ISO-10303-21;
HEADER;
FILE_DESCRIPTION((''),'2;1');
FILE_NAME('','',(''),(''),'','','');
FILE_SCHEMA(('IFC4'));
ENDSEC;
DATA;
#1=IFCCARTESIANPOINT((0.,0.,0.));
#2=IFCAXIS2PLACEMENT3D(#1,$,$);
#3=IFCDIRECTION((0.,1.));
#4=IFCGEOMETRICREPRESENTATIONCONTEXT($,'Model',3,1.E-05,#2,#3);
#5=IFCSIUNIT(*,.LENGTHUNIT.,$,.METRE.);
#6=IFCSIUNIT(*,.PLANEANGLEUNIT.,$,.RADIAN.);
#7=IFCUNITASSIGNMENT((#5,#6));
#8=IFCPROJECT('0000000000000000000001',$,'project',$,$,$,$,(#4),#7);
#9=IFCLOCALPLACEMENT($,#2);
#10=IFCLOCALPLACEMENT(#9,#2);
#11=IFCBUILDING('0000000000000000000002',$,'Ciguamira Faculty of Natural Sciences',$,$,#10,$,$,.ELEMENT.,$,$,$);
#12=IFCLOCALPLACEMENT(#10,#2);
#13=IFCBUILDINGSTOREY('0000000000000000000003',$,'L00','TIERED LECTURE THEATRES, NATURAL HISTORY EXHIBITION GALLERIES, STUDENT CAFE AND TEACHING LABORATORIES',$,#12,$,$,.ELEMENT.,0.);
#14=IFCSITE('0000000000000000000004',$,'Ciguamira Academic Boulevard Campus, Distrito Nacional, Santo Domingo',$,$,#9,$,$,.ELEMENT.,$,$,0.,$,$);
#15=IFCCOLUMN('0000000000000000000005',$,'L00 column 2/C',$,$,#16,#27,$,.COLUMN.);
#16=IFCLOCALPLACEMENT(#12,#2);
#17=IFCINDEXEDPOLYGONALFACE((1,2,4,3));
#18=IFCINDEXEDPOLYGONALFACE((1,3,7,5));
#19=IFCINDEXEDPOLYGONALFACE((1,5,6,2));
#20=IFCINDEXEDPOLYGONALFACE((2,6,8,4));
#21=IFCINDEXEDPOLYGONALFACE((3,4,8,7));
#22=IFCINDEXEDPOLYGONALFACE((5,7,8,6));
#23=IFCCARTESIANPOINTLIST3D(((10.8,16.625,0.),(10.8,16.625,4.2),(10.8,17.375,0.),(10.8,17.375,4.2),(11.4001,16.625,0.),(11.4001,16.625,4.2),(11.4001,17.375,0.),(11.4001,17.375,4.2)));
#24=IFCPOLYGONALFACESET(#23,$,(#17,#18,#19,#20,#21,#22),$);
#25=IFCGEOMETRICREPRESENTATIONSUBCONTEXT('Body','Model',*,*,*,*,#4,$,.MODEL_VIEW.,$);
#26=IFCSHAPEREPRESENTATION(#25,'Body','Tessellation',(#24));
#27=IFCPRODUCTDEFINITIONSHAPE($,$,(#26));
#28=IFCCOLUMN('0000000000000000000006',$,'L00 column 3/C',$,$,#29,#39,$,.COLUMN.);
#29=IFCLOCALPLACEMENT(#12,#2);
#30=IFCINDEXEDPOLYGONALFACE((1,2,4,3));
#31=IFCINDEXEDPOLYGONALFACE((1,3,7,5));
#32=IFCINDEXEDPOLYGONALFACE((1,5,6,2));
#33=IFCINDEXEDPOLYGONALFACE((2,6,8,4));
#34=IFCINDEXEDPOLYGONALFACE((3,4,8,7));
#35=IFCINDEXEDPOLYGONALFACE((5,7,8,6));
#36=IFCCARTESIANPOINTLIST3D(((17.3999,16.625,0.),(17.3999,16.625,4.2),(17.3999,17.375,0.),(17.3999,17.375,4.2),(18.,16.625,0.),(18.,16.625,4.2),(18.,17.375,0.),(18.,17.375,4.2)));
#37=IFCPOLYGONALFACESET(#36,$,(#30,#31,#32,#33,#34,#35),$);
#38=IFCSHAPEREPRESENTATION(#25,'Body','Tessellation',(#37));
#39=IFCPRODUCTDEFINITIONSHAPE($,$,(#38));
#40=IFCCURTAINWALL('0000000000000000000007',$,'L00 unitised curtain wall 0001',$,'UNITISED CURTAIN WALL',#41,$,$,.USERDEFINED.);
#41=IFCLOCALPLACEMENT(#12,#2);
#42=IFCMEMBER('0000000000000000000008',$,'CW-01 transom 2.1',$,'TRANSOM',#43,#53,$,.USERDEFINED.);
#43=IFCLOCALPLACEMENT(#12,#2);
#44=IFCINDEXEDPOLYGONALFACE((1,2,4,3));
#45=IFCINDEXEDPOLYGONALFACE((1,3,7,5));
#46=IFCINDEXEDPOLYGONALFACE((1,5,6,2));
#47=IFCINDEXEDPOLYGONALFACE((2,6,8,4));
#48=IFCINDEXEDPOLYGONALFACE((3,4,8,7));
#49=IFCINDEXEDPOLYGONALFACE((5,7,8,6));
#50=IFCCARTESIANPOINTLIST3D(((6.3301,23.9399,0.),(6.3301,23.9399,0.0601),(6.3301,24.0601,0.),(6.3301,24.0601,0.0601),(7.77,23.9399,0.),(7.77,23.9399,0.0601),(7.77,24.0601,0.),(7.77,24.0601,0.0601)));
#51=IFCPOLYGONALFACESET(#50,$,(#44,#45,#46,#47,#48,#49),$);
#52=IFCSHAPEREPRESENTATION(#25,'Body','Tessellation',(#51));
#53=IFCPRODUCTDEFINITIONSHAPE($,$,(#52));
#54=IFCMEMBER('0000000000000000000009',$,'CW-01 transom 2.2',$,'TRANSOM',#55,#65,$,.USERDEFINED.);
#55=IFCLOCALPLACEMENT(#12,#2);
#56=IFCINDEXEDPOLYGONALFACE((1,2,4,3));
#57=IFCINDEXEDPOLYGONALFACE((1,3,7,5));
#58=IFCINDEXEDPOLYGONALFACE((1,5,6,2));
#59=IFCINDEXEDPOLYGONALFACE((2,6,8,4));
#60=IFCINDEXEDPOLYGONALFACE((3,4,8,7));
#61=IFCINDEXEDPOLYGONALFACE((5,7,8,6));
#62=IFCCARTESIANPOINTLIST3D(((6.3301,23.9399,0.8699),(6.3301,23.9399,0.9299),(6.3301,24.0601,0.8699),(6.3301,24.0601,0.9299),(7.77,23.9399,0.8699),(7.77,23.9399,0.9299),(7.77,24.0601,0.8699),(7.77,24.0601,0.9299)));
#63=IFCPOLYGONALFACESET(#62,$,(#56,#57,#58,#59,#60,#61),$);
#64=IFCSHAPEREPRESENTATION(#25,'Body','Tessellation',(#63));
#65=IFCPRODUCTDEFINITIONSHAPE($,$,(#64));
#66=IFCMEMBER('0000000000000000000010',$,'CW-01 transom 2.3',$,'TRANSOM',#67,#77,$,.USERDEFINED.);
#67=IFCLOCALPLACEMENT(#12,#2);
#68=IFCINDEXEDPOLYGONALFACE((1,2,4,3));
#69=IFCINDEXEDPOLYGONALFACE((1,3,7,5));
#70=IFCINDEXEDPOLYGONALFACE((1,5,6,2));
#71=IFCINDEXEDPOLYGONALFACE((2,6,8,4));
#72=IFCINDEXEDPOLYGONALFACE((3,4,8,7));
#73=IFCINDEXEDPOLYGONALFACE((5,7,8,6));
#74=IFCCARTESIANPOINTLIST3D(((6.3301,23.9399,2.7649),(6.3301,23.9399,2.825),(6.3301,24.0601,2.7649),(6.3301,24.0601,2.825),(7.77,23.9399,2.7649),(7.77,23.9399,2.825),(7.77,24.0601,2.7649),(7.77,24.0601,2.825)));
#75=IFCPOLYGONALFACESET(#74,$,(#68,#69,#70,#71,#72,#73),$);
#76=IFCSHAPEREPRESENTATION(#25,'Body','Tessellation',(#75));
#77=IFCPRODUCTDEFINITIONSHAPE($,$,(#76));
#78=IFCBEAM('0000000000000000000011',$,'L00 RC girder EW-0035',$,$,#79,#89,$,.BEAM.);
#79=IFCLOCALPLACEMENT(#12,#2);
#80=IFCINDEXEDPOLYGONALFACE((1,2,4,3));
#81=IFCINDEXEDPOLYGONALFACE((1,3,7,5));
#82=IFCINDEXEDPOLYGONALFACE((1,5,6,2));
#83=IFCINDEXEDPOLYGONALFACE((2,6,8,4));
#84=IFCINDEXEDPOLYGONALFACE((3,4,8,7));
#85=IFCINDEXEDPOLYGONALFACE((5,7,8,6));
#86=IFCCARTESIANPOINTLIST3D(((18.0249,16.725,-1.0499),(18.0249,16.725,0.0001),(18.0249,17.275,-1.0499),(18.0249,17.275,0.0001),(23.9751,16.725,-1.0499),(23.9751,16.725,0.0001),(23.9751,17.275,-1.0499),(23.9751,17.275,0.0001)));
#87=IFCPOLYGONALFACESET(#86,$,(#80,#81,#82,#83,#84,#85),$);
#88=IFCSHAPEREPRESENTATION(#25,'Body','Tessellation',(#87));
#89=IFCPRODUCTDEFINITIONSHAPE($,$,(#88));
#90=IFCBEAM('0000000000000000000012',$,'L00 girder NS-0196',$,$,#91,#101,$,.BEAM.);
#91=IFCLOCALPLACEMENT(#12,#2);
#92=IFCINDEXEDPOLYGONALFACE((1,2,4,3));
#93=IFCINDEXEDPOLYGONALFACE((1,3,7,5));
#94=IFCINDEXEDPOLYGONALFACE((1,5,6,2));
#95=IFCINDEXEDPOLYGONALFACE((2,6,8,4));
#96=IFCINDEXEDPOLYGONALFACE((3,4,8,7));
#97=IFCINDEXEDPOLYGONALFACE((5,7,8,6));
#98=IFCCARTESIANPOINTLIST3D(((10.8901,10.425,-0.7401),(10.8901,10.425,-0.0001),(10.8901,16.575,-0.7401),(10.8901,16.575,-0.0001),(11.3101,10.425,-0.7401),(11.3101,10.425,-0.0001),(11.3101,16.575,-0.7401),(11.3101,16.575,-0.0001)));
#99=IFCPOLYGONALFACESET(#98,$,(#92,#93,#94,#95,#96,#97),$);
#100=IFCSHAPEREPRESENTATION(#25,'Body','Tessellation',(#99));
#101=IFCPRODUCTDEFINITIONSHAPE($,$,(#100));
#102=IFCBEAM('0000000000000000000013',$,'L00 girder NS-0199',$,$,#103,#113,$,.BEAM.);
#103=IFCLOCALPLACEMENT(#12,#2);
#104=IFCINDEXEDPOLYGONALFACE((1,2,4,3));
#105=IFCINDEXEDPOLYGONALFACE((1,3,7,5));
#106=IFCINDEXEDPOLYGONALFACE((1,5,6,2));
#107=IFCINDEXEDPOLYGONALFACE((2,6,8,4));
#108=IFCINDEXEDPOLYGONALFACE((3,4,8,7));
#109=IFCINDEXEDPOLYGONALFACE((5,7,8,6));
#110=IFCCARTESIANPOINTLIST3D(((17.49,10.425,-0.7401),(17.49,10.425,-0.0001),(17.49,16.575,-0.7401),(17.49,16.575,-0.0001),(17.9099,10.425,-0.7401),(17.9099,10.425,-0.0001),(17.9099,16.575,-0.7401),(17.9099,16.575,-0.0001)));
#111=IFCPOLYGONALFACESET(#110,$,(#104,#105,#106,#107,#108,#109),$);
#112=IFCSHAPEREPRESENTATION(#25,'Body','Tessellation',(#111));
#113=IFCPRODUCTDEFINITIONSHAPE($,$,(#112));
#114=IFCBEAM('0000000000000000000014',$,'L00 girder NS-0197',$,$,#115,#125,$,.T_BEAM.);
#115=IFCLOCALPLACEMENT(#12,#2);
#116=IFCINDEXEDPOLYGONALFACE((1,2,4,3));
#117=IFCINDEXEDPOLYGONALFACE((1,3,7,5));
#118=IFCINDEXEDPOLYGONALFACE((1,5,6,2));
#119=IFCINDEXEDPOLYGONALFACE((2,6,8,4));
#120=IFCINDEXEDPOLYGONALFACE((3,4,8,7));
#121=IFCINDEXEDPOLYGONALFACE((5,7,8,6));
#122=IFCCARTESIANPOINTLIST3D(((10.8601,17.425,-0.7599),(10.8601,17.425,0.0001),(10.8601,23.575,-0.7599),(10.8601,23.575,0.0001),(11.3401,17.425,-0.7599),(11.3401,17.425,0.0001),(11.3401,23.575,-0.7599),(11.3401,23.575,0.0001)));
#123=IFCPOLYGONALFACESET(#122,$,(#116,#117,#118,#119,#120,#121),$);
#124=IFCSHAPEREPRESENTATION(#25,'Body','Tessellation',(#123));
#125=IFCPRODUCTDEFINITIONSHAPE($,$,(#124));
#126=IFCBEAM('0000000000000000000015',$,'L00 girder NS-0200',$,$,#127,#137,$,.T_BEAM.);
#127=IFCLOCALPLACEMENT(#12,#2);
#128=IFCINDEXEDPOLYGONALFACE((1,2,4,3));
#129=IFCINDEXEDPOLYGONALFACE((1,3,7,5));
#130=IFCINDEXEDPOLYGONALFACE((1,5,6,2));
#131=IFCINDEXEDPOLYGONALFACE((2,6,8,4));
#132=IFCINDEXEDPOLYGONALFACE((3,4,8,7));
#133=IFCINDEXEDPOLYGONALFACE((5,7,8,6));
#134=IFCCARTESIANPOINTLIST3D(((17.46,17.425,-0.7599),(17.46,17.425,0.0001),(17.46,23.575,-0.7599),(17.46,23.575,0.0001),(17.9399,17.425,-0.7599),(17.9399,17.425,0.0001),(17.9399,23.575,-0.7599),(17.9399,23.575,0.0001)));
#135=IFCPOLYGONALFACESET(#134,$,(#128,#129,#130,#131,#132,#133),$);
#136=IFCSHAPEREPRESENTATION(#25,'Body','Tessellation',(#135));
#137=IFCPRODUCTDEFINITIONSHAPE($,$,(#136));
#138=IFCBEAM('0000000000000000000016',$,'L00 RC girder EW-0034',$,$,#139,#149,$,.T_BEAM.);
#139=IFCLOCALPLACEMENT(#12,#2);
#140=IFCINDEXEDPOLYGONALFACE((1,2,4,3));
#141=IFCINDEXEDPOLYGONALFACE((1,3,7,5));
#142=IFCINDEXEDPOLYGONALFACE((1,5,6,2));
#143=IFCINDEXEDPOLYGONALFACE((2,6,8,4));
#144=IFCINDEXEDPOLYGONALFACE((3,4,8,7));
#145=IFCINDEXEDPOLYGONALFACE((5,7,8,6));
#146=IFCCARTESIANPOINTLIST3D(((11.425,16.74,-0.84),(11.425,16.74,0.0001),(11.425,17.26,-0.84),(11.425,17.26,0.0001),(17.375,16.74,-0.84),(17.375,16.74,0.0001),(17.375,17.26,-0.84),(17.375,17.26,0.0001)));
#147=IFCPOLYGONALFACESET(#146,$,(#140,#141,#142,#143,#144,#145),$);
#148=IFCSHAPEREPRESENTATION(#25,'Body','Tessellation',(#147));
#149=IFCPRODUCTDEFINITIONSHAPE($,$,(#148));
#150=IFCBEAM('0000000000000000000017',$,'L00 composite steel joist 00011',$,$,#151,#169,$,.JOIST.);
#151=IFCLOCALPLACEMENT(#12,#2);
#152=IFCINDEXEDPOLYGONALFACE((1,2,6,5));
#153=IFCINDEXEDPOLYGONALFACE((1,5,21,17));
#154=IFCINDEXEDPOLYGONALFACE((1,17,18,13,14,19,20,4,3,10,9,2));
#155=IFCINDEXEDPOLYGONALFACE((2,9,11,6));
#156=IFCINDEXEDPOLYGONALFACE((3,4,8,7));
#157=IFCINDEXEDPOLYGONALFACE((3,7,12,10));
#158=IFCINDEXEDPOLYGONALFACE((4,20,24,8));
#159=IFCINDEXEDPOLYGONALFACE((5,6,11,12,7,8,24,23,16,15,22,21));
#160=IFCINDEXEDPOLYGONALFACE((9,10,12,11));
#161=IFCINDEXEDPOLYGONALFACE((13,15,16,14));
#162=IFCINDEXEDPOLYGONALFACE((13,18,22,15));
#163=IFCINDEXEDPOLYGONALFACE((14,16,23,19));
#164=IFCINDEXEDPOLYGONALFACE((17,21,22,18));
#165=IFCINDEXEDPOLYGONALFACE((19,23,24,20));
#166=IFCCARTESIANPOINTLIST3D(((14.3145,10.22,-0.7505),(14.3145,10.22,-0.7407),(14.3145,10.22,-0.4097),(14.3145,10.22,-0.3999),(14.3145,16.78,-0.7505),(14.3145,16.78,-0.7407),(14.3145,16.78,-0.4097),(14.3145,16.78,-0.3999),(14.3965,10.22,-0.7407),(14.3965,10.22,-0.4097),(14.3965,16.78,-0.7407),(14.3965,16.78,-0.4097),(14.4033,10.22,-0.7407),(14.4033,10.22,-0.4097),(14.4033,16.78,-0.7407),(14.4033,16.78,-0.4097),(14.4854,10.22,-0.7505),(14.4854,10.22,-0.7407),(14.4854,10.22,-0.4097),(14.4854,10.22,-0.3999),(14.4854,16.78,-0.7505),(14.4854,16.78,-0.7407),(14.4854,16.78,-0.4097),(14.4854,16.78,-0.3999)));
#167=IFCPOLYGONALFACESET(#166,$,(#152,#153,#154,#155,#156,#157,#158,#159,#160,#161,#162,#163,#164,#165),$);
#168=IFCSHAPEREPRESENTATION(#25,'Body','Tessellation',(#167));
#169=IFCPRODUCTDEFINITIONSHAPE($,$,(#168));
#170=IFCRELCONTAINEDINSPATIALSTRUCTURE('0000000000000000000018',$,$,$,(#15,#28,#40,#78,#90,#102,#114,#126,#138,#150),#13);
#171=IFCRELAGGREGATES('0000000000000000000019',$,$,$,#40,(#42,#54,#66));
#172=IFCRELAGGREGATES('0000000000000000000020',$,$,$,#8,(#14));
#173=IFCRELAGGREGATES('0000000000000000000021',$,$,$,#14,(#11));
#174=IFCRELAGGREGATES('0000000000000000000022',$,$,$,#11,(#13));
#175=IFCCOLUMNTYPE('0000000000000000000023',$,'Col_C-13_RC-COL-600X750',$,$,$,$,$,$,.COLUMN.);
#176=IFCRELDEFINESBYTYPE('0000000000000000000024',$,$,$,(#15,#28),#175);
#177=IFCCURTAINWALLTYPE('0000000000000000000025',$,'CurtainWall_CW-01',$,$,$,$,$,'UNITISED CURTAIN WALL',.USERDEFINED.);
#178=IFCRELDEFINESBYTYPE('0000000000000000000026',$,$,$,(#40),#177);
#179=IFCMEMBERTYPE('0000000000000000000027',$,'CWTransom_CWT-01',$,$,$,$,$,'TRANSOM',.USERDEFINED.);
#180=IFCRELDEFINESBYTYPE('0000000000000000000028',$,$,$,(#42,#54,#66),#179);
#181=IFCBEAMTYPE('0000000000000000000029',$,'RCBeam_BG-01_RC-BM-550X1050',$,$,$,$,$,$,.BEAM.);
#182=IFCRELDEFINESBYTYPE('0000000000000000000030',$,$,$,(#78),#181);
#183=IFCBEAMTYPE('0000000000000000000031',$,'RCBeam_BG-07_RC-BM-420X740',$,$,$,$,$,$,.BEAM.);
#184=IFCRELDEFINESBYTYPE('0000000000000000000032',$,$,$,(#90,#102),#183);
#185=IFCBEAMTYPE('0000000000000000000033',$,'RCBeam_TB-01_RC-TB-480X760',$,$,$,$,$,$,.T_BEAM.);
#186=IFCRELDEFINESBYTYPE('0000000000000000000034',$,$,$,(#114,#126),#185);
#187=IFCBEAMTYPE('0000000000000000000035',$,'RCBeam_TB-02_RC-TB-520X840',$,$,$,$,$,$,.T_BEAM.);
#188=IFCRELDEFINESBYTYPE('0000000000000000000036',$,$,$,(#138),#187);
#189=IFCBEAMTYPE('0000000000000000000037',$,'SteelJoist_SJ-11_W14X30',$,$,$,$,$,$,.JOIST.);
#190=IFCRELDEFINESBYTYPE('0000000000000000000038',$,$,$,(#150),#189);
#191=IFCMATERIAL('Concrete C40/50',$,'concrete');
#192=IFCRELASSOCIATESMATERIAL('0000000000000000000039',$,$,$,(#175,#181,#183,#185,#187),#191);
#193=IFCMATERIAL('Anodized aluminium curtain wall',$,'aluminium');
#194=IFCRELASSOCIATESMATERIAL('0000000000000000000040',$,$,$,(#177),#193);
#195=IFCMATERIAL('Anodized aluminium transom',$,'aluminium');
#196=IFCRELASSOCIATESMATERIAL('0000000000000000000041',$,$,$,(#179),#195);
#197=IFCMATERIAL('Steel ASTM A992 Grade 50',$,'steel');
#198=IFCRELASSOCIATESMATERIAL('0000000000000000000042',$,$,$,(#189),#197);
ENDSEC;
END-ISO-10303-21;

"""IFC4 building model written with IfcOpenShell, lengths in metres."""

from ifc_helpers import new_model, si_unit, direction, frame, origin, origin_2d, place, context, subcontext, project, spatial, rectangle, i_section, extrude, material, material_profile, profile_set, type_object, element, aggregate, save


model = new_model("IFC4")

# Units and contexts
model_context = context("Model", 3, precision=1e-05, world=origin(), true_north=direction((0.0, 1.0)))
body_context = subcontext(model_context, "Body", "Model", "MODEL_VIEW")
ifc_project = project(units=[si_unit("LENGTHUNIT", "METRE"), si_unit("PLANEANGLEUNIT", "RADIAN")], contexts=[model_context])

# Site, building, storey
site_placement = place(None, origin())
site = spatial("IfcSite", under=ifc_project, at=site_placement, Name="Ciguamira Academic Boulevard Campus, Distrito Nacional, Santo Domingo", CompositionType="ELEMENT", RefElevation=0.0)
building_placement = place(site_placement, origin())
building = spatial("IfcBuilding", under=site, at=building_placement, Name="Ciguamira Faculty of Natural Sciences", CompositionType="ELEMENT")
storey_placement = place(building_placement, origin())
storey = spatial("IfcBuildingStorey", under=building, at=storey_placement, Name="L00", Description="TIERED LECTURE THEATRES, NATURAL HISTORY EXHIBITION GALLERIES, STUDENT CAFE AND TEACHING LABORATORIES", CompositionType="ELEMENT", Elevation=0.0)

# Columns
ifc_material_1 = material(Name="Concrete C40/50", Category="concrete")
ifc_material_profile_1 = material_profile(ifc_material_1, rectangle(XDim=0.6001, YDim=0.75, at=origin_2d()), Name="RC-COL-600X750")
ifc_profile_set_1 = profile_set([ifc_material_profile_1], Name="Concrete C40/50")
column_type = type_object("IfcColumnType", Name="Col_C-13_RC-COL-600X750", PredefinedType="COLUMN", material=ifc_profile_set_1)
for number, where, z_axis, x_axis, name in (
    (1, (11.1001, 17.0, 0.0), (0.0, 0.0, 1.0), (1.0, 0.0, 0.0), "L00 column 2/C"),
    (2, (17.7, 17.0, 0.0), (0.0, 0.0, 1.0), (1.0, 0.0, 0.0), "L00 column 3/C"),
):
    element("IfcColumn", number, at=place(storey_placement, frame(where, z_axis=z_axis, x_axis=x_axis)), inside=storey, type_object=column_type, Name=name, PredefinedType="COLUMN", context=body_context, shape_type="SweptSolid", body=[
        extrude(rectangle(XDim=0.6001, YDim=0.75, at=origin_2d()), origin(), (0.0, 0.0, 1.0), 4.2),
    ])

# Curtain wall, members
ifc_material_2 = material(Name="Anodized aluminium curtain wall", Category="aluminium")
curtain_wall_type = type_object("IfcCurtainWallType", Name="CurtainWall_CW-01", ElementType="UNITISED CURTAIN WALL", PredefinedType="USERDEFINED", material=ifc_material_2)
curtain_wall_placement = place(storey_placement, origin())
curtain_wall = element("IfcCurtainWall", 3, at=curtain_wall_placement, inside=storey, type_object=curtain_wall_type, Name="L00 unitised curtain wall 0001", ObjectType="UNITISED CURTAIN WALL", PredefinedType="USERDEFINED")
ifc_material_3 = material(Name="Anodized aluminium transom", Category="aluminium")
ifc_material_profile_2 = material_profile(ifc_material_3, rectangle(XDim=0.0601, YDim=0.1201, at=origin_2d()), Name="ALU-TRN-60X120")
ifc_profile_set_2 = profile_set([ifc_material_profile_2], Name="Anodized aluminium transom")
member_type = type_object("IfcMemberType", Name="CWTransom_CWT-01", ElementType="TRANSOM", PredefinedType="USERDEFINED", material=ifc_profile_set_2)
member_1_placement = place(storey_placement, frame((6.3301, 24.0, 0.03), z_axis=(1.0, 0.0, 0.0), x_axis=(0.0, 0.0, 1.0)))
member_1 = element("IfcMember", 4, at=member_1_placement, type_object=member_type, Name="CW-01 transom 2.1", ObjectType="TRANSOM", PredefinedType="USERDEFINED", context=body_context, shape_type="SweptSolid", body=[
    extrude(rectangle(XDim=0.0601, YDim=0.1201, at=origin_2d()), origin(), (0.0, 0.0, 1.0), 1.4399),
])
member_2_placement = place(storey_placement, frame((6.3301, 24.0, 0.8999), z_axis=(1.0, 0.0, 0.0), x_axis=(0.0, 0.0, 1.0)))
member_2 = element("IfcMember", 5, at=member_2_placement, type_object=member_type, Name="CW-01 transom 2.2", ObjectType="TRANSOM", PredefinedType="USERDEFINED", context=body_context, shape_type="SweptSolid", body=[
    extrude(rectangle(XDim=0.0601, YDim=0.1201, at=origin_2d()), origin(), (0.0, 0.0, 1.0), 1.4399),
])
member_3_placement = place(storey_placement, frame((6.3301, 24.0, 2.7949), z_axis=(1.0, 0.0, 0.0), x_axis=(0.0, 0.0, 1.0)))
member_3 = element("IfcMember", 6, at=member_3_placement, type_object=member_type, Name="CW-01 transom 2.3", ObjectType="TRANSOM", PredefinedType="USERDEFINED", context=body_context, shape_type="SweptSolid", body=[
    extrude(rectangle(XDim=0.0601, YDim=0.1201, at=origin_2d()), origin(), (0.0, 0.0, 1.0), 1.4399),
])
aggregate(curtain_wall, [member_1, member_2, member_3])

# Beams
ifc_material_profile_3 = material_profile(ifc_material_1, rectangle(XDim=0.55, YDim=1.05, at=origin_2d()), Name="RC-BM-550X1050")
ifc_profile_set_3 = profile_set([ifc_material_profile_3], Name="Concrete C40/50")
beam_type_1 = type_object("IfcBeamType", Name="RCBeam_BG-01_RC-BM-550X1050", PredefinedType="BEAM", material=ifc_profile_set_3)
beam_1_placement = place(storey_placement, frame((18.0249, 17.0, -0.5249), z_axis=(1.0, 0.0, 0.0), x_axis=(0.0, 1.0, 0.0)))
element("IfcBeam", 7, at=beam_1_placement, inside=storey, type_object=beam_type_1, Name="L00 RC girder EW-0035", PredefinedType="BEAM", context=body_context, shape_type="SweptSolid", body=[
    extrude(rectangle(XDim=0.55, YDim=1.05, at=origin_2d()), origin(), (0.0, 0.0, 1.0), 5.9502),
])
ifc_material_profile_4 = material_profile(ifc_material_1, rectangle(XDim=0.4199, YDim=0.74, at=origin_2d()), Name="RC-BM-420X740")
ifc_profile_set_4 = profile_set([ifc_material_profile_4], Name="Concrete C40/50")
beam_type_2 = type_object("IfcBeamType", Name="RCBeam_BG-07_RC-BM-420X740", PredefinedType="BEAM", material=ifc_profile_set_4)
for number, where, z_axis, x_axis, name in (
    (8, (11.1001, 10.425, -0.3701), (0.0, 1.0, 0.0), (-1.0, 0.0, 0.0), "L00 girder NS-0196"),
    (9, (17.7, 10.425, -0.3701), (0.0, 1.0, 0.0), (-1.0, 0.0, 0.0), "L00 girder NS-0199"),
):
    element("IfcBeam", number, at=place(storey_placement, frame(where, z_axis=z_axis, x_axis=x_axis)), inside=storey, type_object=beam_type_2, Name=name, PredefinedType="BEAM", context=body_context, shape_type="SweptSolid", body=[
        extrude(rectangle(XDim=0.4199, YDim=0.74, at=origin_2d()), origin(), (0.0, 0.0, 1.0), 6.1499),
    ])
ifc_material_profile_5 = material_profile(ifc_material_1, rectangle(XDim=0.48, YDim=0.76, at=origin_2d()), Name="RC-TB-480X760")
ifc_profile_set_5 = profile_set([ifc_material_profile_5], Name="Concrete C40/50")
beam_type_3 = type_object("IfcBeamType", Name="RCBeam_TB-01_RC-TB-480X760", PredefinedType="T_BEAM", material=ifc_profile_set_5)
for number, where, z_axis, x_axis, name in (
    (10, (11.1001, 17.425, -0.3799), (0.0, 1.0, 0.0), (-1.0, 0.0, 0.0), "L00 girder NS-0197"),
    (11, (17.7, 17.425, -0.3799), (0.0, 1.0, 0.0), (-1.0, 0.0, 0.0), "L00 girder NS-0200"),
):
    element("IfcBeam", number, at=place(storey_placement, frame(where, z_axis=z_axis, x_axis=x_axis)), inside=storey, type_object=beam_type_3, Name=name, PredefinedType="T_BEAM", context=body_context, shape_type="SweptSolid", body=[
        extrude(rectangle(XDim=0.48, YDim=0.76, at=origin_2d()), origin(), (0.0, 0.0, 1.0), 6.1499),
    ])
ifc_material_profile_6 = material_profile(ifc_material_1, rectangle(XDim=0.52, YDim=0.8401, at=origin_2d()), Name="RC-TB-520X840")
ifc_profile_set_6 = profile_set([ifc_material_profile_6], Name="Concrete C40/50")
beam_type_4 = type_object("IfcBeamType", Name="RCBeam_TB-02_RC-TB-520X840", PredefinedType="T_BEAM", material=ifc_profile_set_6)
beam_2_placement = place(storey_placement, frame((11.425, 17.0, -0.4199), z_axis=(1.0, 0.0, 0.0), x_axis=(0.0, 1.0, 0.0)))
element("IfcBeam", 12, at=beam_2_placement, inside=storey, type_object=beam_type_4, Name="L00 RC girder EW-0034", PredefinedType="T_BEAM", context=body_context, shape_type="SweptSolid", body=[
    extrude(rectangle(XDim=0.52, YDim=0.8401, at=origin_2d()), origin(), (0.0, 0.0, 1.0), 5.95),
])
ifc_material_4 = material(Name="Steel ASTM A992 Grade 50", Category="steel")
ifc_material_profile_7 = material_profile(ifc_material_4, i_section(OverallWidth=0.1709, OverallDepth=0.3506, WebThickness=0.0068, FlangeThickness=0.0098, at=origin_2d()), Name="W14X30")
ifc_profile_set_7 = profile_set([ifc_material_profile_7], Name="Steel ASTM A992 Grade 50")
beam_type_5 = type_object("IfcBeamType", Name="SteelJoist_SJ-11_W14X30", PredefinedType="JOIST", material=ifc_profile_set_7)
beam_3_placement = place(storey_placement, frame((14.3999, 10.22, -0.5752), z_axis=(0.0, 1.0, 0.0), x_axis=(-1.0, 0.0, 0.0)))
element("IfcBeam", 13, at=beam_3_placement, inside=storey, type_object=beam_type_5, Name="L00 composite steel joist 00011", PredefinedType="JOIST", context=body_context, shape_type="SweptSolid", body=[
    extrude(i_section(OverallWidth=0.1709, OverallDepth=0.3506, WebThickness=0.0068, FlangeThickness=0.0098, at=origin_2d()), origin(), (0.0, 0.0, 1.0), 6.5601),
])

save(model, "model.ifc")
